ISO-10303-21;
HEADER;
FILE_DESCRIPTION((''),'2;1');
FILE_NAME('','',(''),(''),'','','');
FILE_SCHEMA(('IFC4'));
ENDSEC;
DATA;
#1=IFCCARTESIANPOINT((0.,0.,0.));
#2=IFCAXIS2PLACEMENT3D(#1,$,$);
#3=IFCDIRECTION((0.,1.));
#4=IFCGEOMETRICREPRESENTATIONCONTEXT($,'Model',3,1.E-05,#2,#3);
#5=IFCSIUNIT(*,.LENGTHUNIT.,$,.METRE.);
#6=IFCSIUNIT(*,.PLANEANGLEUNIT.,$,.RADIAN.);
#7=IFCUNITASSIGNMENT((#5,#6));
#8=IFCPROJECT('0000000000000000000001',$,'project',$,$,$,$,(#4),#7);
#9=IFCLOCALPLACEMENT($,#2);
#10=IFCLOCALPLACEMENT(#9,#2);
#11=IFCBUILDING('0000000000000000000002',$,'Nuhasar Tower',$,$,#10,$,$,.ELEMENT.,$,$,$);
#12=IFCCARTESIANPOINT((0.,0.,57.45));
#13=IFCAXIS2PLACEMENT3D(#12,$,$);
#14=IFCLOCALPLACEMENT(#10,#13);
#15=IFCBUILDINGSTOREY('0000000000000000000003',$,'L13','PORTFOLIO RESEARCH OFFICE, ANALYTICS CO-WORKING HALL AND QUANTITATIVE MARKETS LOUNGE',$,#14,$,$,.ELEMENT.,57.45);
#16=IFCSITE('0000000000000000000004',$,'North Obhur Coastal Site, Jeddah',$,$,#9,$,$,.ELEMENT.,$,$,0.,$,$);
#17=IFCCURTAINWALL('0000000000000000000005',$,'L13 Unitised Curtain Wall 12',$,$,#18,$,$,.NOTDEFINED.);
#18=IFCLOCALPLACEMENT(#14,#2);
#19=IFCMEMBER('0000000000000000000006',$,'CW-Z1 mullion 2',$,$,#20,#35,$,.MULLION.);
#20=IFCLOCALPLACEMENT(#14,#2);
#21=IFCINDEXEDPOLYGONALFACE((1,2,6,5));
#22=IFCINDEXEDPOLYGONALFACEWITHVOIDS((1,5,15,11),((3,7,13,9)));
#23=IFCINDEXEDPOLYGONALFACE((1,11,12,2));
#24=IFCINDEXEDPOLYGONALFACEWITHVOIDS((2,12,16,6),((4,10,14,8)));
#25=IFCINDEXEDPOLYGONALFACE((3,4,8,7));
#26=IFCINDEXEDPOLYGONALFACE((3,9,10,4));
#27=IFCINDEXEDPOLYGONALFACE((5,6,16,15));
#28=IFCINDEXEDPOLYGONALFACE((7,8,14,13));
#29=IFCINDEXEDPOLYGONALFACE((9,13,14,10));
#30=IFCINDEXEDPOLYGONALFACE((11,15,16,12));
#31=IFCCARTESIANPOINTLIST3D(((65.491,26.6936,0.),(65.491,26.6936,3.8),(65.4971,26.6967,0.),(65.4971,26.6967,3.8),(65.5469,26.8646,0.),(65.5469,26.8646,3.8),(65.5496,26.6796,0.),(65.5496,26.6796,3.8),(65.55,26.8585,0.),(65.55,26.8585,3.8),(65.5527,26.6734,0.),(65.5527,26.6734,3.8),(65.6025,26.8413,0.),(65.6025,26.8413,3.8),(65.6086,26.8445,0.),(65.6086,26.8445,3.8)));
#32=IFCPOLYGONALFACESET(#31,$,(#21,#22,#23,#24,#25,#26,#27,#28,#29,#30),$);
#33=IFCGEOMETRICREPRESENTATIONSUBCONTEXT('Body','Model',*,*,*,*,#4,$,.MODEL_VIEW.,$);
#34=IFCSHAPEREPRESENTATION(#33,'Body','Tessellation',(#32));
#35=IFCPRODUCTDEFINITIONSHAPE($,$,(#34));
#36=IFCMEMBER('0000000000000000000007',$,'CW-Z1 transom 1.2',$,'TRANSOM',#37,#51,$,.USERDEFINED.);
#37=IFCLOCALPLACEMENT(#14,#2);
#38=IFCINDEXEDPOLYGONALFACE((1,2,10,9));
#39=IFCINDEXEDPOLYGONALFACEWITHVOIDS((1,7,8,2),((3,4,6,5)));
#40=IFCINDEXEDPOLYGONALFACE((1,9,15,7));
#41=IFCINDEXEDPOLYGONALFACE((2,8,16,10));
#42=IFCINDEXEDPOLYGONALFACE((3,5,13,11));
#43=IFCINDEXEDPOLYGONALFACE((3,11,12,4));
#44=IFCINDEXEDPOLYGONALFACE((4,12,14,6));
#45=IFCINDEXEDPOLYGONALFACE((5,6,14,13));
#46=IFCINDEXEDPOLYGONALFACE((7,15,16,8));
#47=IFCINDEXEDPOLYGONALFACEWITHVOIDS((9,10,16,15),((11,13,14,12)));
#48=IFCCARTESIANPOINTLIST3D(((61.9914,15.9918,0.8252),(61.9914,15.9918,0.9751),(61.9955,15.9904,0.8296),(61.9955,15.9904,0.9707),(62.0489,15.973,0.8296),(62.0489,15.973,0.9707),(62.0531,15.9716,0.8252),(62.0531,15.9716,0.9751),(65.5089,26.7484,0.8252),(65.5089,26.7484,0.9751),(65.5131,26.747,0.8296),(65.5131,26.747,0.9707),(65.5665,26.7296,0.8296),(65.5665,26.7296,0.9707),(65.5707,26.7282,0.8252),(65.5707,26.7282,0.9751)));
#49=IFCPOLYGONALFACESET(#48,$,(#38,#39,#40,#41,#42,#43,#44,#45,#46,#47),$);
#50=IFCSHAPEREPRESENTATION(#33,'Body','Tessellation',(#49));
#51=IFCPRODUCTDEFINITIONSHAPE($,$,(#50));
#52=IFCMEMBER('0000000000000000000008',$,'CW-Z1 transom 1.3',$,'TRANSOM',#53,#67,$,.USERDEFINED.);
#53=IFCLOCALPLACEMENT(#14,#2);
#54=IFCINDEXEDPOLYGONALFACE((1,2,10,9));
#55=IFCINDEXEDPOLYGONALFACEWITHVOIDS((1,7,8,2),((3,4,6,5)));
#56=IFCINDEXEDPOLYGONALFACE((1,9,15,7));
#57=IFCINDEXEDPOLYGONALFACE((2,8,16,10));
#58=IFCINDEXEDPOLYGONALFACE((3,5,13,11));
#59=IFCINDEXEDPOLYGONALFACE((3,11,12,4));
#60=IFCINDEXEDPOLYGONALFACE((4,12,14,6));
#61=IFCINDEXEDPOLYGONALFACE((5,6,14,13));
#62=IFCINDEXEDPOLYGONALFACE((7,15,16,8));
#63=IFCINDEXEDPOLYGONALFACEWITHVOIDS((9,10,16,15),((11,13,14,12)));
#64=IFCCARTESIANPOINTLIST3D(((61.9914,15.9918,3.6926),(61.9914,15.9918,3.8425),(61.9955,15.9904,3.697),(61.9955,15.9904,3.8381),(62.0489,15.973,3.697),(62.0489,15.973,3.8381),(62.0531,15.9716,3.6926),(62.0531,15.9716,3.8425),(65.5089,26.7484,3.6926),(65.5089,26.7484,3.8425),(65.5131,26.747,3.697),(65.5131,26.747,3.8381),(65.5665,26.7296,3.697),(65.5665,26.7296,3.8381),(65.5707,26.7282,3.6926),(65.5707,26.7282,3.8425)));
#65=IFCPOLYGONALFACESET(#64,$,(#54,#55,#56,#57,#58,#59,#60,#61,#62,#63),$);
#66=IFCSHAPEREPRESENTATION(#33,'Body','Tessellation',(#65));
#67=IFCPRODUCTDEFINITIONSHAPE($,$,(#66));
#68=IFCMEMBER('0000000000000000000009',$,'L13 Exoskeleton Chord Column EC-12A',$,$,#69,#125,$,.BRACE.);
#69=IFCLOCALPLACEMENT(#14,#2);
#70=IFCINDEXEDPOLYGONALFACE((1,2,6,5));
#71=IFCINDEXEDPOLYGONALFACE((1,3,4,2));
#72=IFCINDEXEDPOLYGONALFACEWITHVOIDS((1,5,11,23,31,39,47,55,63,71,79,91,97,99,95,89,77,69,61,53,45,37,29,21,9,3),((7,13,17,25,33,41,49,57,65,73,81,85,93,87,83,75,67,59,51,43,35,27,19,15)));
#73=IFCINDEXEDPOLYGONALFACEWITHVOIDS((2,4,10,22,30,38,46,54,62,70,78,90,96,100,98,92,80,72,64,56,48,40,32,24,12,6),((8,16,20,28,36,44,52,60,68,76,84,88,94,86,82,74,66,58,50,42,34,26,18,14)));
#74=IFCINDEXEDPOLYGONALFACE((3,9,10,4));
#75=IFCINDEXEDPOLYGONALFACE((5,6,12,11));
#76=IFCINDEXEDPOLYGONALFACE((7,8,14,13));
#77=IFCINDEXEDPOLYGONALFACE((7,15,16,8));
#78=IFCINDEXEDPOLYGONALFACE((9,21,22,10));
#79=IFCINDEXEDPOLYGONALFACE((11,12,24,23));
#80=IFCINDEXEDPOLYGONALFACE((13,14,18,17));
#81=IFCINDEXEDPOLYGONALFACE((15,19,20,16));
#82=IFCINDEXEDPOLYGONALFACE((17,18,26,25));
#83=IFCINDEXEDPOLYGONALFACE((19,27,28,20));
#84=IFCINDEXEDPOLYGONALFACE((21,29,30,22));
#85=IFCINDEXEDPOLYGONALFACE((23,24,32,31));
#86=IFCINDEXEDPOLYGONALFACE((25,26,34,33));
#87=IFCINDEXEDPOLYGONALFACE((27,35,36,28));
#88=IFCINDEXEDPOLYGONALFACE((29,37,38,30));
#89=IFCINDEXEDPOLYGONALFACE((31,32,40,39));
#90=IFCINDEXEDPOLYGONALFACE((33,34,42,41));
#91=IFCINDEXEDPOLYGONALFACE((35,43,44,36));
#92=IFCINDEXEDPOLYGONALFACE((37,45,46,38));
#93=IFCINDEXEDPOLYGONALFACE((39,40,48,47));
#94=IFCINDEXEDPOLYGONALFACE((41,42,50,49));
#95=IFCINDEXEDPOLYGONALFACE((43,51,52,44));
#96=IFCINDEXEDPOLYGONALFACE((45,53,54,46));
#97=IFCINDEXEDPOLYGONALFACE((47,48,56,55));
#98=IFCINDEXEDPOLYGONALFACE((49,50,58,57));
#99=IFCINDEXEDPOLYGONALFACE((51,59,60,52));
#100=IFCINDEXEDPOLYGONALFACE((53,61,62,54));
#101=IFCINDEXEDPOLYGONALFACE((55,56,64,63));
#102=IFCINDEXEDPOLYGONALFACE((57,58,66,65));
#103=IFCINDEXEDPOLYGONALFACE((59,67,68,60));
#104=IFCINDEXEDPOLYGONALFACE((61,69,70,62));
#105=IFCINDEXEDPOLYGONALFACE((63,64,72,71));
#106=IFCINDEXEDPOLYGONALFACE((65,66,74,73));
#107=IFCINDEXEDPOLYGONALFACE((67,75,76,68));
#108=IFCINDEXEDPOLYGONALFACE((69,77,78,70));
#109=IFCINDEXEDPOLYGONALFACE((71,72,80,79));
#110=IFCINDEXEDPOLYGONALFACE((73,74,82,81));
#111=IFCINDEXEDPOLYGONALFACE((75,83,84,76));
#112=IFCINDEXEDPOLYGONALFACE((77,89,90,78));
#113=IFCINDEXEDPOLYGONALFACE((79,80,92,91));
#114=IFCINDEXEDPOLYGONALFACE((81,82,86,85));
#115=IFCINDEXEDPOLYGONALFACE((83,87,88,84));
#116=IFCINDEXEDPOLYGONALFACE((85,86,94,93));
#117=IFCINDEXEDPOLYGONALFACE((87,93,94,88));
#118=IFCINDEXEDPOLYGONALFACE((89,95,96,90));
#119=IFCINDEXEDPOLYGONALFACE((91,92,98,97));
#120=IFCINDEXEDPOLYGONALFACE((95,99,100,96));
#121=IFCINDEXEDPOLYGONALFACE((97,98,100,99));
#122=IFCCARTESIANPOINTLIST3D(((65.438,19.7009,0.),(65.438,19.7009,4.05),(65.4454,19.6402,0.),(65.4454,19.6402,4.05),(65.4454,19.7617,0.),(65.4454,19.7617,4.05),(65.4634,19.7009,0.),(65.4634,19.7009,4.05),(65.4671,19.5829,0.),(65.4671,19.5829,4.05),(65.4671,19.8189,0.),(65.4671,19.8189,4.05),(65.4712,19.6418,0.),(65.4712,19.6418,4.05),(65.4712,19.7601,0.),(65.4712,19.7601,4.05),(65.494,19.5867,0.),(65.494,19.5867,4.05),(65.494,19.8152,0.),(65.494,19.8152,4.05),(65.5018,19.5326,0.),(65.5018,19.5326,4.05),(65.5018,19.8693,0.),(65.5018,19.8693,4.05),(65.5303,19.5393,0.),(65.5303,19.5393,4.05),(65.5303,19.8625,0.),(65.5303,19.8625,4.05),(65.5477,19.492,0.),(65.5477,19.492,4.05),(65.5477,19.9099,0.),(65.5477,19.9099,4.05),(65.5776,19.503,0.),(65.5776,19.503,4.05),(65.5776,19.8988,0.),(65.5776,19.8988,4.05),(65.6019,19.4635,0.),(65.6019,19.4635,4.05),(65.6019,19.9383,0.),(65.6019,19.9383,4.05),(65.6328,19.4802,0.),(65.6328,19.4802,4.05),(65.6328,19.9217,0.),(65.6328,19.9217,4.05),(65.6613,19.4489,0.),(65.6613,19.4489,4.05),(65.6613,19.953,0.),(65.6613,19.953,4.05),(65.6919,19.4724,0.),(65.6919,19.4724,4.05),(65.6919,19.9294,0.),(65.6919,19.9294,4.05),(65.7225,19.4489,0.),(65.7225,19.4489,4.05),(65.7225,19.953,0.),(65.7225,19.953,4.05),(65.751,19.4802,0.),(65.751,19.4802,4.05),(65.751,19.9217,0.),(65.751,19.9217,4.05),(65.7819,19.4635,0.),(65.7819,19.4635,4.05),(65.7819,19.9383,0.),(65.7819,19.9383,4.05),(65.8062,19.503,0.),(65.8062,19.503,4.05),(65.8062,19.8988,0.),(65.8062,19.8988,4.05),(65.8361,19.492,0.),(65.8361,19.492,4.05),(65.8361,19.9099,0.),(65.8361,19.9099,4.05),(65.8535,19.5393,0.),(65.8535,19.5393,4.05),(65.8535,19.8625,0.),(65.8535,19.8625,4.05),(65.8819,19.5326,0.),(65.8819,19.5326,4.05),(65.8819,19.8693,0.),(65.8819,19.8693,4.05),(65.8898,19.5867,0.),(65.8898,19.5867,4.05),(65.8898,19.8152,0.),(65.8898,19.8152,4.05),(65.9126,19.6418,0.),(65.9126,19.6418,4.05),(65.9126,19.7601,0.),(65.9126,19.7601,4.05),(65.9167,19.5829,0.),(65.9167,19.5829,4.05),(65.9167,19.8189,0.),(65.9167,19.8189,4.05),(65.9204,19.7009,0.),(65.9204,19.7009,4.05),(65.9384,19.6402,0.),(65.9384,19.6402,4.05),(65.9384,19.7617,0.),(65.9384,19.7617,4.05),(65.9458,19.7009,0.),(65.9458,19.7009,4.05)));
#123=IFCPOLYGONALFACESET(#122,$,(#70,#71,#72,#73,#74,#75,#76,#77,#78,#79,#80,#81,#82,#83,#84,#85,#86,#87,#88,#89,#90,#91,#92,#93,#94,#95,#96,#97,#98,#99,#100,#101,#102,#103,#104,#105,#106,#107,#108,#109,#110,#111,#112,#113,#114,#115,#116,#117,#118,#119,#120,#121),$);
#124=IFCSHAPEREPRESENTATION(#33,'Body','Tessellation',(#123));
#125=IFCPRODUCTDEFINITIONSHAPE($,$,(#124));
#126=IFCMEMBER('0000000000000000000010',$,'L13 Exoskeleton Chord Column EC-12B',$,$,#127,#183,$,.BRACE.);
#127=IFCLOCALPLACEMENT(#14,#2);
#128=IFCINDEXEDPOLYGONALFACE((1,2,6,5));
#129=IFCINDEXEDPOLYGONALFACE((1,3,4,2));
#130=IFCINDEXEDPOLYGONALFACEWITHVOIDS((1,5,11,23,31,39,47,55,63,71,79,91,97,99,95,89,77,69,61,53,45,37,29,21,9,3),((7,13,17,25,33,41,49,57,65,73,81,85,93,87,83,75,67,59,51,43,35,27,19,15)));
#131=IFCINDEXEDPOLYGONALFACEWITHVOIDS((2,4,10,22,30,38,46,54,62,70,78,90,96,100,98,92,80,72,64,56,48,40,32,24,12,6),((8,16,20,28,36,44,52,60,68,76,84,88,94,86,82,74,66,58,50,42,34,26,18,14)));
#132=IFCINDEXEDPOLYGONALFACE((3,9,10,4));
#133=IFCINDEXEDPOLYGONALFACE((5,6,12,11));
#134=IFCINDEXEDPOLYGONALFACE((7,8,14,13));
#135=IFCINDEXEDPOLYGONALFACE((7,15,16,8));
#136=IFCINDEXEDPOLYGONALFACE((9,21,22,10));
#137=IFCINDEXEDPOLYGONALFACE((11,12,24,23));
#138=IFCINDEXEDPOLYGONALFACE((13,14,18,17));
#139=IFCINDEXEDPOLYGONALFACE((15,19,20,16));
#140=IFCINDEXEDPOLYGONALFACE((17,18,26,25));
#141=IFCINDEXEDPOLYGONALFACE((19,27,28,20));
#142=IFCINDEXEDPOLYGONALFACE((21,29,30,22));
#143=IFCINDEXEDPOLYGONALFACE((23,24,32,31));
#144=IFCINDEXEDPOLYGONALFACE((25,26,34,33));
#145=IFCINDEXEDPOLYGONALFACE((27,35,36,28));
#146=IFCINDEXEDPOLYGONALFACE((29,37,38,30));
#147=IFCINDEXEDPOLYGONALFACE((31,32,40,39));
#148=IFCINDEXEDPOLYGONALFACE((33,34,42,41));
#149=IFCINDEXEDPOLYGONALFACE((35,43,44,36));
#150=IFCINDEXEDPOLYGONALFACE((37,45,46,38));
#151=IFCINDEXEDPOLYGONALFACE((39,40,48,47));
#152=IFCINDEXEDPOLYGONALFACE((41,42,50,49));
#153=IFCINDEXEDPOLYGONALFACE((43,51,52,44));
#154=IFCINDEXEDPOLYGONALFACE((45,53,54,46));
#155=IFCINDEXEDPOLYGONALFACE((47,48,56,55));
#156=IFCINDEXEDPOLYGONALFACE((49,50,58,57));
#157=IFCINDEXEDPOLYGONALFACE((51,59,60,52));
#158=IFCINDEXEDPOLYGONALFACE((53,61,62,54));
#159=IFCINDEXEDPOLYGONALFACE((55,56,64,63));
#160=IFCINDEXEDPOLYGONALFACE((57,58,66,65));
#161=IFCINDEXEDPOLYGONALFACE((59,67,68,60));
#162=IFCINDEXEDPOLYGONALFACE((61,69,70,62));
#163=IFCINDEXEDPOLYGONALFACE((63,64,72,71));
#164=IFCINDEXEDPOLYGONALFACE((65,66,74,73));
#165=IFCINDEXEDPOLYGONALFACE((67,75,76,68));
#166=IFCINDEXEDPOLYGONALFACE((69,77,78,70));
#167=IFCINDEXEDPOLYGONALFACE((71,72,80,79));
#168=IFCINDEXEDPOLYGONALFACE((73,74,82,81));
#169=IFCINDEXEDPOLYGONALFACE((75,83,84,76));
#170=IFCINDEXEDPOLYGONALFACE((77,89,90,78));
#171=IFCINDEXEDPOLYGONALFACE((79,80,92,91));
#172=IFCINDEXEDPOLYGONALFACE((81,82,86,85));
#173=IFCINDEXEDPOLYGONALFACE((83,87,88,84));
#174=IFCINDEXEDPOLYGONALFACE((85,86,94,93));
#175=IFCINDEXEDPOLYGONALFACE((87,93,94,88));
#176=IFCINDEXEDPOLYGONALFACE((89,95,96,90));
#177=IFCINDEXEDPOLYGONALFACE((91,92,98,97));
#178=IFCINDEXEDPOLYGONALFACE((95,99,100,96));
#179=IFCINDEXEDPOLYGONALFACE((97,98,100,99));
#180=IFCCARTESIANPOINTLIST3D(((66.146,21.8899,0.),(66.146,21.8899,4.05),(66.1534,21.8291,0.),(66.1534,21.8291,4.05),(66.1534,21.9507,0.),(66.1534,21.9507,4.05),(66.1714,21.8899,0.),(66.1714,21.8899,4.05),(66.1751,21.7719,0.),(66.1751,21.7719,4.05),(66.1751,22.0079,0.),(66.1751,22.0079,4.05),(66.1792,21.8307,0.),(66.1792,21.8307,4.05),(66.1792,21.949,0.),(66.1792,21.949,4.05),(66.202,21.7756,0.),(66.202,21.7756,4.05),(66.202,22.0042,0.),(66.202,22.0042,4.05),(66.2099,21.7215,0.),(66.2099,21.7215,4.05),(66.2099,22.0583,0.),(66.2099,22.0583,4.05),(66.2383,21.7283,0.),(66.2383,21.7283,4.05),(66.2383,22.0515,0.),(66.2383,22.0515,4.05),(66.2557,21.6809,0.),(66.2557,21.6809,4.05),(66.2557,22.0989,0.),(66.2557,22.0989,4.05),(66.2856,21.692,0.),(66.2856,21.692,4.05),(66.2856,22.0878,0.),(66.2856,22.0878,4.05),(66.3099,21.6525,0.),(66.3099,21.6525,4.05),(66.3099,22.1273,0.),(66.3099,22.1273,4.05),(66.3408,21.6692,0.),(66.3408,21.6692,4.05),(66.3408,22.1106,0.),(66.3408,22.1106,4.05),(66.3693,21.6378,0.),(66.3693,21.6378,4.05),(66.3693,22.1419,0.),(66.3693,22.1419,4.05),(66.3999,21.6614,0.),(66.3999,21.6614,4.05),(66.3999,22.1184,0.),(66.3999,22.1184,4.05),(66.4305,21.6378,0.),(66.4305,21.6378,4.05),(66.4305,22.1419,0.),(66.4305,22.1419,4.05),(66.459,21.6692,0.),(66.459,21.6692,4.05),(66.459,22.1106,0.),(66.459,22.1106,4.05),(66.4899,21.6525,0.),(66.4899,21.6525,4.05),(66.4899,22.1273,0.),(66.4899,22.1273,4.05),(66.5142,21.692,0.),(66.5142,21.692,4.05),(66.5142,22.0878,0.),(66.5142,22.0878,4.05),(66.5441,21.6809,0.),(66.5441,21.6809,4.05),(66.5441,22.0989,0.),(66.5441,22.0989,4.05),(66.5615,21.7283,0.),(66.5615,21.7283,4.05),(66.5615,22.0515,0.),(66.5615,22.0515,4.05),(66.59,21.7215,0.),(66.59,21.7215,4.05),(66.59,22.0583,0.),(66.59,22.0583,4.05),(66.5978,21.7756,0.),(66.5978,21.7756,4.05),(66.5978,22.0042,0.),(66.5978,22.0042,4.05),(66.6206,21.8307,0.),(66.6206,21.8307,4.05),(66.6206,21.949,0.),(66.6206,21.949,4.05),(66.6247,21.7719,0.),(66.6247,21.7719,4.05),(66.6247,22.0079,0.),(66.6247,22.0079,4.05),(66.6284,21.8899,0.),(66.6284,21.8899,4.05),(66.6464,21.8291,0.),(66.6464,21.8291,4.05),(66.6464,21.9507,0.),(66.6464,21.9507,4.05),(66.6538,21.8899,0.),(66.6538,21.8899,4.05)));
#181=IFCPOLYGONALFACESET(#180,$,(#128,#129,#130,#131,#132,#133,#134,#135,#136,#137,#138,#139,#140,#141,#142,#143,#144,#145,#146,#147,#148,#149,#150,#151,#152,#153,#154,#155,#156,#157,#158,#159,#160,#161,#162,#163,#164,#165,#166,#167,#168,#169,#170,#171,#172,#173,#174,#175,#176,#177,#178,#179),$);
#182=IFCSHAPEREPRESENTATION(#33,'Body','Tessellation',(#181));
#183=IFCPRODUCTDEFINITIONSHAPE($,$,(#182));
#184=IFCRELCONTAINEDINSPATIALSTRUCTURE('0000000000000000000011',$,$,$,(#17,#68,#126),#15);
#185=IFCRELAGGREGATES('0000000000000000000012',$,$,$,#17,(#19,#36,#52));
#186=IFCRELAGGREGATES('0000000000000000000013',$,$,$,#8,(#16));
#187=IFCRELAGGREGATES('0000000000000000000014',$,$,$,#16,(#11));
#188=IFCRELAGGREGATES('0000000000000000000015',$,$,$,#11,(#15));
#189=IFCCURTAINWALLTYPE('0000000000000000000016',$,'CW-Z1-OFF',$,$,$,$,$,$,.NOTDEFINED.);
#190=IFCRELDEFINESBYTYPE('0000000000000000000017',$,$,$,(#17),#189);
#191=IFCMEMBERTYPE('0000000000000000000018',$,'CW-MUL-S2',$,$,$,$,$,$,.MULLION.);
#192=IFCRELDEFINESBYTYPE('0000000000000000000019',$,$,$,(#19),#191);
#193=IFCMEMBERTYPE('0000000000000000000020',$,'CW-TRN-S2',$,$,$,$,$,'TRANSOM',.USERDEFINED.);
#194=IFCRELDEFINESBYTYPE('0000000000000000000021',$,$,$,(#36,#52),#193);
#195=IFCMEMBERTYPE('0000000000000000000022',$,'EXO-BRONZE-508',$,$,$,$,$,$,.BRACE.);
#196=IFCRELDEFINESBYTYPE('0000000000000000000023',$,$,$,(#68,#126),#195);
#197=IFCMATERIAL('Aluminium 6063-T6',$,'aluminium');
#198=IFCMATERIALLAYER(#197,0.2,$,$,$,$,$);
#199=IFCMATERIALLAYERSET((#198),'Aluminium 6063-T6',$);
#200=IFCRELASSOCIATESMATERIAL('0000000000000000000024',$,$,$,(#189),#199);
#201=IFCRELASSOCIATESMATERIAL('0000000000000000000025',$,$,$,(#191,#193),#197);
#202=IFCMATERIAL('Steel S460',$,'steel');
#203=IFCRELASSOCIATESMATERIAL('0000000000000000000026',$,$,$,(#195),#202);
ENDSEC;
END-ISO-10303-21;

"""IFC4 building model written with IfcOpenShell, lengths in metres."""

from ifc_helpers import new_model, si_unit, direction, frame, origin, origin_2d, place, context, subcontext, project, spatial, hollow_rectangle, hollow_circle, extrude, material, layer, layer_set, material_profile, profile_set, type_object, element, aggregate, save


model = new_model("IFC4")

# Units and contexts
model_context = context("Model", 3, precision=1e-05, world=origin(), true_north=direction((0.0, 1.0)))
body_context = subcontext(model_context, "Body", "Model", "MODEL_VIEW")
ifc_project = project(units=[si_unit("LENGTHUNIT", "METRE"), si_unit("PLANEANGLEUNIT", "RADIAN")], contexts=[model_context])

# Site, building, storey
site_placement = place(None, origin())
site = spatial("IfcSite", under=ifc_project, at=site_placement, Name="North Obhur Coastal Site, Jeddah", CompositionType="ELEMENT", RefElevation=0.0)
building_placement = place(site_placement, origin())
building = spatial("IfcBuilding", under=site, at=building_placement, Name="Nuhasar Tower", CompositionType="ELEMENT")
storey_placement = place(building_placement, frame((0.0, 0.0, 57.45)))
storey = spatial("IfcBuildingStorey", under=building, at=storey_placement, Name="L13", Description="PORTFOLIO RESEARCH OFFICE, ANALYTICS CO-WORKING HALL AND QUANTITATIVE MARKETS LOUNGE", CompositionType="ELEMENT", Elevation=57.45)

# Curtain wall, members
ifc_material_1 = material(Name="Aluminium 6063-T6", Category="aluminium")
ifc_layer_1 = layer(ifc_material_1, 0.2)
ifc_layer_set_1 = layer_set([ifc_layer_1], Name="Aluminium 6063-T6")
curtain_wall_type = type_object("IfcCurtainWallType", Name="CW-Z1-OFF", PredefinedType="NOTDEFINED", material=ifc_layer_set_1)
curtain_wall_placement = place(storey_placement, origin())
curtain_wall = element("IfcCurtainWall", 1, at=curtain_wall_placement, inside=storey, type_object=curtain_wall_type, Name="L13 Unitised Curtain Wall 12", PredefinedType="NOTDEFINED")
ifc_material_profile_1 = material_profile(ifc_material_1, hollow_rectangle(XDim=0.0649, YDim=0.1799, WallThickness=0.0049, at=origin_2d()), Name="CWM-2")
ifc_profile_set_1 = profile_set([ifc_material_profile_1], Name="Aluminium 6063-T6")
member_type_1 = type_object("IfcMemberType", Name="CW-MUL-S2", PredefinedType="MULLION", material=ifc_profile_set_1)
member_1_placement = place(storey_placement, frame((65.5498, 26.769, 0.0), z_axis=(0.0, 0.0, 1.0), x_axis=(-0.950468, 0.310824, 0.0)))
member_1 = element("IfcMember", 2, at=member_1_placement, type_object=member_type_1, Name="CW-Z1 mullion 2", PredefinedType="MULLION", context=body_context, shape_type="SweptSolid", body=[
    extrude(hollow_rectangle(XDim=0.0649, YDim=0.1799, WallThickness=0.0049, at=origin_2d()), origin(), (0.0, 0.0, 1.0), 3.8),
])
ifc_material_profile_2 = material_profile(ifc_material_1, hollow_rectangle(XDim=0.0649, YDim=0.1499, WallThickness=0.0044, at=origin_2d()), Name="CWT-2")
ifc_profile_set_2 = profile_set([ifc_material_profile_2], Name="Aluminium 6063-T6")
member_type_2 = type_object("IfcMemberType", Name="CW-TRN-S2", ElementType="TRANSOM", PredefinedType="USERDEFINED", material=ifc_profile_set_2)
member_2_placement = place(storey_placement, frame((62.0222, 15.9817, 0.9001), z_axis=(0.310819, 0.950469, 0.0), x_axis=(-0.950469, 0.310819, 0.0)))
member_2 = element("IfcMember", 3, at=member_2_placement, type_object=member_type_2, Name="CW-Z1 transom 1.2", ObjectType="TRANSOM", PredefinedType="USERDEFINED", context=body_context, shape_type="SweptSolid", body=[
    extrude(hollow_rectangle(XDim=0.0649, YDim=0.1499, WallThickness=0.0044, at=origin_2d()), origin(), (0.0, 0.0, 1.0), 11.3171),
])
member_3_placement = place(storey_placement, frame((62.0222, 15.9817, 3.7676), z_axis=(0.310819, 0.950469, 0.0), x_axis=(-0.950469, 0.310819, 0.0)))
member_3 = element("IfcMember", 4, at=member_3_placement, type_object=member_type_2, Name="CW-Z1 transom 1.3", ObjectType="TRANSOM", PredefinedType="USERDEFINED", context=body_context, shape_type="SweptSolid", body=[
    extrude(hollow_rectangle(XDim=0.0649, YDim=0.1499, WallThickness=0.0044, at=origin_2d()), origin(), (0.0, 0.0, 1.0), 11.3171),
])

# Members
ifc_material_2 = material(Name="Steel S460", Category="steel")
ifc_material_profile_3 = material_profile(ifc_material_2, hollow_circle(Radius=0.2539, WallThickness=0.0254, at=origin_2d()), Name="HSS508X25.4")
ifc_profile_set_3 = profile_set([ifc_material_profile_3], Name="Steel S460")
member_type_3 = type_object("IfcMemberType", Name="EXO-BRONZE-508", PredefinedType="BRACE", material=ifc_profile_set_3)
for number, where, z_axis, x_axis, name in (
    (5, (65.6919, 19.7009, 0.0), (0.0, 0.0, 1.0), (1.0, 0.0, 0.0), "L13 Exoskeleton Chord Column EC-12A"),
    (6, (66.3999, 21.8899, 0.0), (0.0, 0.0, 1.0), (1.0, 0.0, 0.0), "L13 Exoskeleton Chord Column EC-12B"),
):
    element("IfcMember", number, at=place(storey_placement, frame(where, z_axis=z_axis, x_axis=x_axis)), inside=storey, type_object=member_type_3, Name=name, PredefinedType="BRACE", context=body_context, shape_type="SweptSolid", body=[
        extrude(hollow_circle(Radius=0.2539, WallThickness=0.0254, at=origin_2d()), origin(), (0.0, 0.0, 1.0), 4.05),
    ])

aggregate(curtain_wall, [member_1, member_2, member_3])

save(model, "model.ifc")
